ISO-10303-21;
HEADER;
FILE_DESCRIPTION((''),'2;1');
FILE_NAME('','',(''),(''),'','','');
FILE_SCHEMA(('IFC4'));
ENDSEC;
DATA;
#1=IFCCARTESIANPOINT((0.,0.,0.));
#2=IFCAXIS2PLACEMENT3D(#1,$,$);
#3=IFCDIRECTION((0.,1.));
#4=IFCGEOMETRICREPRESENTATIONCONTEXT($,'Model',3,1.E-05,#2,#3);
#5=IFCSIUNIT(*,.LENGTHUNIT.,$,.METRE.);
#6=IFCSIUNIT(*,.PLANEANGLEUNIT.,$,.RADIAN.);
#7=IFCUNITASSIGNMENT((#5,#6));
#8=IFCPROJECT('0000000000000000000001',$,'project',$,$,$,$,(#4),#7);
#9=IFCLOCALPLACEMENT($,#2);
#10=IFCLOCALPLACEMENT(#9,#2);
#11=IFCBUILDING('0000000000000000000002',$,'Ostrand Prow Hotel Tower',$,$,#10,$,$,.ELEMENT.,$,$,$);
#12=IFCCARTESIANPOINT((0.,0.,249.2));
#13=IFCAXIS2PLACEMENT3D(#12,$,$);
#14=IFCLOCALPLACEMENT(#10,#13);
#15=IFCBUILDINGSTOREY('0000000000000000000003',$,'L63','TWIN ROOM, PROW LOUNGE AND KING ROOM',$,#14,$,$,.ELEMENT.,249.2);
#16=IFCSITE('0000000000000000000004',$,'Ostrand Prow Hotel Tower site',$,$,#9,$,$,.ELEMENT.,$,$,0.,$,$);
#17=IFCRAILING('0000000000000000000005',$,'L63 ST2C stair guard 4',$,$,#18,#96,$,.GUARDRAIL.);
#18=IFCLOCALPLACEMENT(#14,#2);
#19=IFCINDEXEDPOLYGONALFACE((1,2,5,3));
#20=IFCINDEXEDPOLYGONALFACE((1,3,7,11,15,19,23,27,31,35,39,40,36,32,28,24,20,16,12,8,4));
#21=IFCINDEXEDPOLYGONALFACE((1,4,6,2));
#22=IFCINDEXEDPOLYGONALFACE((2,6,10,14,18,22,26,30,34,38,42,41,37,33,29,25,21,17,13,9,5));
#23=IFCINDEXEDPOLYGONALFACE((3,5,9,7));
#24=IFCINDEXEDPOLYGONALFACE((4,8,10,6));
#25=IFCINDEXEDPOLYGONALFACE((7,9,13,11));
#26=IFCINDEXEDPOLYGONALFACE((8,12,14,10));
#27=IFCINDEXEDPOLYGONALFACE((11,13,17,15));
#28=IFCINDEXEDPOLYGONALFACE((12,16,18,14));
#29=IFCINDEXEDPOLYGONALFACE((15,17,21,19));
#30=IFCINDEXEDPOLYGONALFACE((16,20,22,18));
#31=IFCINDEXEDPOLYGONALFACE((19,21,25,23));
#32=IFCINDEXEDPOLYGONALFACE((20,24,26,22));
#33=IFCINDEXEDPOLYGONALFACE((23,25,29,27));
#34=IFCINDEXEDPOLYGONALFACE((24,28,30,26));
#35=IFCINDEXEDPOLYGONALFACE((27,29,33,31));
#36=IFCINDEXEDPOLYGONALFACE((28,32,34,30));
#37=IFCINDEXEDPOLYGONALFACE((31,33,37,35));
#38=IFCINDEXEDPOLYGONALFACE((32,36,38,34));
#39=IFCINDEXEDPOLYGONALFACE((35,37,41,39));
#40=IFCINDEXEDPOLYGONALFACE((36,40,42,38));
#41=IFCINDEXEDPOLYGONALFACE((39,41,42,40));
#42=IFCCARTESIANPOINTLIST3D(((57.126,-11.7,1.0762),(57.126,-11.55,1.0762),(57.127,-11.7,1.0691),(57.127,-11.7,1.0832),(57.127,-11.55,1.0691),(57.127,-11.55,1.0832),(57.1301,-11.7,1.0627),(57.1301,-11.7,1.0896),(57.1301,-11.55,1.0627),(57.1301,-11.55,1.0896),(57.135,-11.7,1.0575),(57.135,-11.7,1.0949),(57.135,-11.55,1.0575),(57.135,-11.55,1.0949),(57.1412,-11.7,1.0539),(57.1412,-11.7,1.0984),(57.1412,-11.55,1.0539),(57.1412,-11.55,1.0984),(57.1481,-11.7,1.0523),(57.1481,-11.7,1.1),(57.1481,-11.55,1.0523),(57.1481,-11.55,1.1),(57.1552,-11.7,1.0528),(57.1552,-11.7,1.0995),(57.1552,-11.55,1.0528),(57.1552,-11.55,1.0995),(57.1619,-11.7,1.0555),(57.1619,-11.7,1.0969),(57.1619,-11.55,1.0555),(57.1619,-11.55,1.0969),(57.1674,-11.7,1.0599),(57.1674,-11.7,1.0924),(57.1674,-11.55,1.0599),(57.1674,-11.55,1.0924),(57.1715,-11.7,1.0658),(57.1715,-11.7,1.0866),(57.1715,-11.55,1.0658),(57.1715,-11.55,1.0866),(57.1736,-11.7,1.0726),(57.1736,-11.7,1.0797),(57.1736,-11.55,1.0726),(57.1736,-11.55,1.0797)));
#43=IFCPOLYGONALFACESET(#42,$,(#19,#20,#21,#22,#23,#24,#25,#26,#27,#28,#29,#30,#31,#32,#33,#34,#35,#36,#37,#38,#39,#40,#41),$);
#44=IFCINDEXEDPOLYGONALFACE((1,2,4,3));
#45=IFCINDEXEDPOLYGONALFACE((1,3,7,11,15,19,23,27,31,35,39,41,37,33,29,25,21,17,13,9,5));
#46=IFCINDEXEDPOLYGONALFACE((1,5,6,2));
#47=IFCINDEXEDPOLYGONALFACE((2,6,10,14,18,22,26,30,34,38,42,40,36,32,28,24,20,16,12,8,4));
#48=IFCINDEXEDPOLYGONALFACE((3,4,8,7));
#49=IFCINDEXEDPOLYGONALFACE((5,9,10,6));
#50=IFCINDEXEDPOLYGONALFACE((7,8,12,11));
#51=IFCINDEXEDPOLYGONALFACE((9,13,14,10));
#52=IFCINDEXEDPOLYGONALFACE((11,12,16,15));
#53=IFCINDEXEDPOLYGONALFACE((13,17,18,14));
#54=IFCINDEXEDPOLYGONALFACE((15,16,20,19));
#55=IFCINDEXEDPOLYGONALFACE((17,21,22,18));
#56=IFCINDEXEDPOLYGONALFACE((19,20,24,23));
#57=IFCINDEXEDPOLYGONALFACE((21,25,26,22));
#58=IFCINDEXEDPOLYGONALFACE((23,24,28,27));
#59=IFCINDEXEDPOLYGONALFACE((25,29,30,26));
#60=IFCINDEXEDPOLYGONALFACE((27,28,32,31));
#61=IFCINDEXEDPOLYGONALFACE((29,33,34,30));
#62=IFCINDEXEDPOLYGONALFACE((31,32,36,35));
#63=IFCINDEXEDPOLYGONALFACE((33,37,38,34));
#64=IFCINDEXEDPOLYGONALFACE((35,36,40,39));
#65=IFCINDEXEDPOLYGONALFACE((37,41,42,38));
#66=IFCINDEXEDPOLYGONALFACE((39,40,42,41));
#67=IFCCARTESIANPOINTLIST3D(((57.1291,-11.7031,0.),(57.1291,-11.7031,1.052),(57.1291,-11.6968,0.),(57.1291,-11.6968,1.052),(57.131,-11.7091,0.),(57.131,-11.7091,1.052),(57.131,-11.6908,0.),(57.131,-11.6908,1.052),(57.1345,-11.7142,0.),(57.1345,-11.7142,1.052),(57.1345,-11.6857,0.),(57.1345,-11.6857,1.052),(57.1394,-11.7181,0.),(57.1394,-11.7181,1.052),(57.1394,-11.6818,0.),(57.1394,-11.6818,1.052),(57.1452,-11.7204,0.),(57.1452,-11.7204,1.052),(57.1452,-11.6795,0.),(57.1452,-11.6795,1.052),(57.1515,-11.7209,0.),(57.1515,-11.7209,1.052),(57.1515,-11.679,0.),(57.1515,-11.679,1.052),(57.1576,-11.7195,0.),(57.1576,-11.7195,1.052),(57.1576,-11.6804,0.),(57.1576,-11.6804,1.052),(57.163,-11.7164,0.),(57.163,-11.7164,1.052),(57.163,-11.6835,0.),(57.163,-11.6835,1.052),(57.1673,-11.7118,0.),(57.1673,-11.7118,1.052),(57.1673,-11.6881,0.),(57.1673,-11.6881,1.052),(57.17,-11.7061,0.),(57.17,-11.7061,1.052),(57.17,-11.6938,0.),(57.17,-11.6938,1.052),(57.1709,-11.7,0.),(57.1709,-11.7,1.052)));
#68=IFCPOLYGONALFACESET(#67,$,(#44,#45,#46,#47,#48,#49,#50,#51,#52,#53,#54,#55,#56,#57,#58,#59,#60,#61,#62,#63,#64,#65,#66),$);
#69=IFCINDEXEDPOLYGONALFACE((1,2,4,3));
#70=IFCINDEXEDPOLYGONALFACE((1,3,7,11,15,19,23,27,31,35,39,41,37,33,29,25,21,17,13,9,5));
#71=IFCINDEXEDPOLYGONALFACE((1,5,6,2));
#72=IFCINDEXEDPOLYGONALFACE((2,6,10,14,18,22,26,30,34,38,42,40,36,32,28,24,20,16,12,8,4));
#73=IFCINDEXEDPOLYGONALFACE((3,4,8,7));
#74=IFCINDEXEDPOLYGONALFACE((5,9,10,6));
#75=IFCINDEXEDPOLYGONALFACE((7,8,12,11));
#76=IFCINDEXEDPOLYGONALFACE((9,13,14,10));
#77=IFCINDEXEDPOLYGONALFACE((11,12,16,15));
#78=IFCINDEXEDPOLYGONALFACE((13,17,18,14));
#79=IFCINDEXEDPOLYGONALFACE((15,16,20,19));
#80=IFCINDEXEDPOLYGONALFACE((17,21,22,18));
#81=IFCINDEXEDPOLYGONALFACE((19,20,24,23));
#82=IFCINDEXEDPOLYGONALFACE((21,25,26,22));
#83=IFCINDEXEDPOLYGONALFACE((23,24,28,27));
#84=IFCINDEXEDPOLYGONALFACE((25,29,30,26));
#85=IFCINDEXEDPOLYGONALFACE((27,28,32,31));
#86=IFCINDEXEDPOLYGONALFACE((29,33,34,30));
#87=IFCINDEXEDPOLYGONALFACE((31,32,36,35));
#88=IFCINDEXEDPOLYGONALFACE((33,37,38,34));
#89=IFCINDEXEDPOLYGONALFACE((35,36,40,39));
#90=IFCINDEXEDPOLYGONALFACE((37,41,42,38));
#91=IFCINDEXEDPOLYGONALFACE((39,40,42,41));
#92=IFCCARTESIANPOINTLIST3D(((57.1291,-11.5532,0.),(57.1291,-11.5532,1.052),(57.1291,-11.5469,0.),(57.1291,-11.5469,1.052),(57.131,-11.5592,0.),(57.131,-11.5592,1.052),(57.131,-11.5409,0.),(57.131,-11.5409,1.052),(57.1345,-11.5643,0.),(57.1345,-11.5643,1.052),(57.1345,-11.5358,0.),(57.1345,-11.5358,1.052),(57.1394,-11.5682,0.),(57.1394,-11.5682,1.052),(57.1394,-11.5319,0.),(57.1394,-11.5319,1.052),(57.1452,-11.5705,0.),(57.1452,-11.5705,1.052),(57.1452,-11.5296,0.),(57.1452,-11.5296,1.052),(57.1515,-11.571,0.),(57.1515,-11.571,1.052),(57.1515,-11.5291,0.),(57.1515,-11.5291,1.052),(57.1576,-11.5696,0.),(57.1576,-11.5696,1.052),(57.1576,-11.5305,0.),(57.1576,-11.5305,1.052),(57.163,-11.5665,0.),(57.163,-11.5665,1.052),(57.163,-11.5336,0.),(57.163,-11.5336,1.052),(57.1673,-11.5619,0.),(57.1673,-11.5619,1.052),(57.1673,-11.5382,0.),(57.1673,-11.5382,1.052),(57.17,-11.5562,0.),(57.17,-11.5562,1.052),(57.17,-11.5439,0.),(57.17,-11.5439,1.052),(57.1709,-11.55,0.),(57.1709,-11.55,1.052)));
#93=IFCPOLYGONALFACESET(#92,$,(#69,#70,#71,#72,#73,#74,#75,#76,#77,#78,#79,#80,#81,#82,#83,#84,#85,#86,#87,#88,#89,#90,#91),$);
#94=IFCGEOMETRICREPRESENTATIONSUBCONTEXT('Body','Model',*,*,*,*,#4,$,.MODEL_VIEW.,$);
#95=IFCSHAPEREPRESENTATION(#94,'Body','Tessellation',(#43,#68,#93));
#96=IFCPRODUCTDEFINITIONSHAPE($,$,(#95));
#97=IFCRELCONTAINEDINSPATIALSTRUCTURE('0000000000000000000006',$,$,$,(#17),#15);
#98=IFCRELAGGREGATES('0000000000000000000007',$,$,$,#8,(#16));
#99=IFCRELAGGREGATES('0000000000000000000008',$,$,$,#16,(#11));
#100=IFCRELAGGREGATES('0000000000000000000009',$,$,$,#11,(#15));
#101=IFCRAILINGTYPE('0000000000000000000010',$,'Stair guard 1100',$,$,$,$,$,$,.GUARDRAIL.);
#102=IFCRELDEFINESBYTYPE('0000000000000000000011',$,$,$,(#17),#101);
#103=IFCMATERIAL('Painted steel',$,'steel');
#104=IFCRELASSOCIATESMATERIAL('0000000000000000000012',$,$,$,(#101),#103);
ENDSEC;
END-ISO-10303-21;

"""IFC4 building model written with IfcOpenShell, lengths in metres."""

from ifc_helpers import new_model, si_unit, direction, frame, origin, origin_2d, place, context, subcontext, project, spatial, circle, extrude, material, type_object, element, save


model = new_model("IFC4")

# Units and contexts
model_context = context("Model", 3, precision=1e-05, world=origin(), true_north=direction((0.0, 1.0)))
body_context = subcontext(model_context, "Body", "Model", "MODEL_VIEW")
ifc_project = project(units=[si_unit("LENGTHUNIT", "METRE"), si_unit("PLANEANGLEUNIT", "RADIAN")], contexts=[model_context])

# Site, building, storey
site_placement = place(None, origin())
site = spatial("IfcSite", under=ifc_project, at=site_placement, Name="Ostrand Prow Hotel Tower site", CompositionType="ELEMENT", RefElevation=0.0)
building_placement = place(site_placement, origin())
building = spatial("IfcBuilding", under=site, at=building_placement, Name="Ostrand Prow Hotel Tower", CompositionType="ELEMENT")
storey_placement = place(building_placement, frame((0.0, 0.0, 249.2)))
storey = spatial("IfcBuildingStorey", under=building, at=storey_placement, Name="L63", Description="TWIN ROOM, PROW LOUNGE AND KING ROOM", CompositionType="ELEMENT", Elevation=249.2)

# Railing
ifc_material_1 = material(Name="Painted steel", Category="steel")
railing_type_1 = type_object("IfcRailingType", Name="Stair guard 1100", PredefinedType="GUARDRAIL", material=ifc_material_1)
railing_1_placement = place(storey_placement, frame((57.1499, -11.7, 0.0)))
element("IfcRailing", 1, at=railing_1_placement, inside=storey, type_object=railing_type_1, Name="L63 ST2C stair guard 4", PredefinedType="GUARDRAIL", context=body_context, shape_type="SweptSolid", body=[
    extrude(circle(Radius=0.0239, at=origin_2d()), frame((0.0, 0.0, 1.0762), z_axis=(0.0, 1.0, 0.0), x_axis=(-1.0, 0.0, 0.0)), (0.0, 0.0, 1.0), 0.1499),
    extrude(circle(Radius=0.021, at=origin_2d()), origin(), (0.0, 0.0, 1.0), 1.052),
    extrude(circle(Radius=0.021, at=origin_2d()), frame((0.0, 0.1499, 0.0)), (0.0, 0.0, 1.0), 1.052),
])

save(model, "model.ifc")
